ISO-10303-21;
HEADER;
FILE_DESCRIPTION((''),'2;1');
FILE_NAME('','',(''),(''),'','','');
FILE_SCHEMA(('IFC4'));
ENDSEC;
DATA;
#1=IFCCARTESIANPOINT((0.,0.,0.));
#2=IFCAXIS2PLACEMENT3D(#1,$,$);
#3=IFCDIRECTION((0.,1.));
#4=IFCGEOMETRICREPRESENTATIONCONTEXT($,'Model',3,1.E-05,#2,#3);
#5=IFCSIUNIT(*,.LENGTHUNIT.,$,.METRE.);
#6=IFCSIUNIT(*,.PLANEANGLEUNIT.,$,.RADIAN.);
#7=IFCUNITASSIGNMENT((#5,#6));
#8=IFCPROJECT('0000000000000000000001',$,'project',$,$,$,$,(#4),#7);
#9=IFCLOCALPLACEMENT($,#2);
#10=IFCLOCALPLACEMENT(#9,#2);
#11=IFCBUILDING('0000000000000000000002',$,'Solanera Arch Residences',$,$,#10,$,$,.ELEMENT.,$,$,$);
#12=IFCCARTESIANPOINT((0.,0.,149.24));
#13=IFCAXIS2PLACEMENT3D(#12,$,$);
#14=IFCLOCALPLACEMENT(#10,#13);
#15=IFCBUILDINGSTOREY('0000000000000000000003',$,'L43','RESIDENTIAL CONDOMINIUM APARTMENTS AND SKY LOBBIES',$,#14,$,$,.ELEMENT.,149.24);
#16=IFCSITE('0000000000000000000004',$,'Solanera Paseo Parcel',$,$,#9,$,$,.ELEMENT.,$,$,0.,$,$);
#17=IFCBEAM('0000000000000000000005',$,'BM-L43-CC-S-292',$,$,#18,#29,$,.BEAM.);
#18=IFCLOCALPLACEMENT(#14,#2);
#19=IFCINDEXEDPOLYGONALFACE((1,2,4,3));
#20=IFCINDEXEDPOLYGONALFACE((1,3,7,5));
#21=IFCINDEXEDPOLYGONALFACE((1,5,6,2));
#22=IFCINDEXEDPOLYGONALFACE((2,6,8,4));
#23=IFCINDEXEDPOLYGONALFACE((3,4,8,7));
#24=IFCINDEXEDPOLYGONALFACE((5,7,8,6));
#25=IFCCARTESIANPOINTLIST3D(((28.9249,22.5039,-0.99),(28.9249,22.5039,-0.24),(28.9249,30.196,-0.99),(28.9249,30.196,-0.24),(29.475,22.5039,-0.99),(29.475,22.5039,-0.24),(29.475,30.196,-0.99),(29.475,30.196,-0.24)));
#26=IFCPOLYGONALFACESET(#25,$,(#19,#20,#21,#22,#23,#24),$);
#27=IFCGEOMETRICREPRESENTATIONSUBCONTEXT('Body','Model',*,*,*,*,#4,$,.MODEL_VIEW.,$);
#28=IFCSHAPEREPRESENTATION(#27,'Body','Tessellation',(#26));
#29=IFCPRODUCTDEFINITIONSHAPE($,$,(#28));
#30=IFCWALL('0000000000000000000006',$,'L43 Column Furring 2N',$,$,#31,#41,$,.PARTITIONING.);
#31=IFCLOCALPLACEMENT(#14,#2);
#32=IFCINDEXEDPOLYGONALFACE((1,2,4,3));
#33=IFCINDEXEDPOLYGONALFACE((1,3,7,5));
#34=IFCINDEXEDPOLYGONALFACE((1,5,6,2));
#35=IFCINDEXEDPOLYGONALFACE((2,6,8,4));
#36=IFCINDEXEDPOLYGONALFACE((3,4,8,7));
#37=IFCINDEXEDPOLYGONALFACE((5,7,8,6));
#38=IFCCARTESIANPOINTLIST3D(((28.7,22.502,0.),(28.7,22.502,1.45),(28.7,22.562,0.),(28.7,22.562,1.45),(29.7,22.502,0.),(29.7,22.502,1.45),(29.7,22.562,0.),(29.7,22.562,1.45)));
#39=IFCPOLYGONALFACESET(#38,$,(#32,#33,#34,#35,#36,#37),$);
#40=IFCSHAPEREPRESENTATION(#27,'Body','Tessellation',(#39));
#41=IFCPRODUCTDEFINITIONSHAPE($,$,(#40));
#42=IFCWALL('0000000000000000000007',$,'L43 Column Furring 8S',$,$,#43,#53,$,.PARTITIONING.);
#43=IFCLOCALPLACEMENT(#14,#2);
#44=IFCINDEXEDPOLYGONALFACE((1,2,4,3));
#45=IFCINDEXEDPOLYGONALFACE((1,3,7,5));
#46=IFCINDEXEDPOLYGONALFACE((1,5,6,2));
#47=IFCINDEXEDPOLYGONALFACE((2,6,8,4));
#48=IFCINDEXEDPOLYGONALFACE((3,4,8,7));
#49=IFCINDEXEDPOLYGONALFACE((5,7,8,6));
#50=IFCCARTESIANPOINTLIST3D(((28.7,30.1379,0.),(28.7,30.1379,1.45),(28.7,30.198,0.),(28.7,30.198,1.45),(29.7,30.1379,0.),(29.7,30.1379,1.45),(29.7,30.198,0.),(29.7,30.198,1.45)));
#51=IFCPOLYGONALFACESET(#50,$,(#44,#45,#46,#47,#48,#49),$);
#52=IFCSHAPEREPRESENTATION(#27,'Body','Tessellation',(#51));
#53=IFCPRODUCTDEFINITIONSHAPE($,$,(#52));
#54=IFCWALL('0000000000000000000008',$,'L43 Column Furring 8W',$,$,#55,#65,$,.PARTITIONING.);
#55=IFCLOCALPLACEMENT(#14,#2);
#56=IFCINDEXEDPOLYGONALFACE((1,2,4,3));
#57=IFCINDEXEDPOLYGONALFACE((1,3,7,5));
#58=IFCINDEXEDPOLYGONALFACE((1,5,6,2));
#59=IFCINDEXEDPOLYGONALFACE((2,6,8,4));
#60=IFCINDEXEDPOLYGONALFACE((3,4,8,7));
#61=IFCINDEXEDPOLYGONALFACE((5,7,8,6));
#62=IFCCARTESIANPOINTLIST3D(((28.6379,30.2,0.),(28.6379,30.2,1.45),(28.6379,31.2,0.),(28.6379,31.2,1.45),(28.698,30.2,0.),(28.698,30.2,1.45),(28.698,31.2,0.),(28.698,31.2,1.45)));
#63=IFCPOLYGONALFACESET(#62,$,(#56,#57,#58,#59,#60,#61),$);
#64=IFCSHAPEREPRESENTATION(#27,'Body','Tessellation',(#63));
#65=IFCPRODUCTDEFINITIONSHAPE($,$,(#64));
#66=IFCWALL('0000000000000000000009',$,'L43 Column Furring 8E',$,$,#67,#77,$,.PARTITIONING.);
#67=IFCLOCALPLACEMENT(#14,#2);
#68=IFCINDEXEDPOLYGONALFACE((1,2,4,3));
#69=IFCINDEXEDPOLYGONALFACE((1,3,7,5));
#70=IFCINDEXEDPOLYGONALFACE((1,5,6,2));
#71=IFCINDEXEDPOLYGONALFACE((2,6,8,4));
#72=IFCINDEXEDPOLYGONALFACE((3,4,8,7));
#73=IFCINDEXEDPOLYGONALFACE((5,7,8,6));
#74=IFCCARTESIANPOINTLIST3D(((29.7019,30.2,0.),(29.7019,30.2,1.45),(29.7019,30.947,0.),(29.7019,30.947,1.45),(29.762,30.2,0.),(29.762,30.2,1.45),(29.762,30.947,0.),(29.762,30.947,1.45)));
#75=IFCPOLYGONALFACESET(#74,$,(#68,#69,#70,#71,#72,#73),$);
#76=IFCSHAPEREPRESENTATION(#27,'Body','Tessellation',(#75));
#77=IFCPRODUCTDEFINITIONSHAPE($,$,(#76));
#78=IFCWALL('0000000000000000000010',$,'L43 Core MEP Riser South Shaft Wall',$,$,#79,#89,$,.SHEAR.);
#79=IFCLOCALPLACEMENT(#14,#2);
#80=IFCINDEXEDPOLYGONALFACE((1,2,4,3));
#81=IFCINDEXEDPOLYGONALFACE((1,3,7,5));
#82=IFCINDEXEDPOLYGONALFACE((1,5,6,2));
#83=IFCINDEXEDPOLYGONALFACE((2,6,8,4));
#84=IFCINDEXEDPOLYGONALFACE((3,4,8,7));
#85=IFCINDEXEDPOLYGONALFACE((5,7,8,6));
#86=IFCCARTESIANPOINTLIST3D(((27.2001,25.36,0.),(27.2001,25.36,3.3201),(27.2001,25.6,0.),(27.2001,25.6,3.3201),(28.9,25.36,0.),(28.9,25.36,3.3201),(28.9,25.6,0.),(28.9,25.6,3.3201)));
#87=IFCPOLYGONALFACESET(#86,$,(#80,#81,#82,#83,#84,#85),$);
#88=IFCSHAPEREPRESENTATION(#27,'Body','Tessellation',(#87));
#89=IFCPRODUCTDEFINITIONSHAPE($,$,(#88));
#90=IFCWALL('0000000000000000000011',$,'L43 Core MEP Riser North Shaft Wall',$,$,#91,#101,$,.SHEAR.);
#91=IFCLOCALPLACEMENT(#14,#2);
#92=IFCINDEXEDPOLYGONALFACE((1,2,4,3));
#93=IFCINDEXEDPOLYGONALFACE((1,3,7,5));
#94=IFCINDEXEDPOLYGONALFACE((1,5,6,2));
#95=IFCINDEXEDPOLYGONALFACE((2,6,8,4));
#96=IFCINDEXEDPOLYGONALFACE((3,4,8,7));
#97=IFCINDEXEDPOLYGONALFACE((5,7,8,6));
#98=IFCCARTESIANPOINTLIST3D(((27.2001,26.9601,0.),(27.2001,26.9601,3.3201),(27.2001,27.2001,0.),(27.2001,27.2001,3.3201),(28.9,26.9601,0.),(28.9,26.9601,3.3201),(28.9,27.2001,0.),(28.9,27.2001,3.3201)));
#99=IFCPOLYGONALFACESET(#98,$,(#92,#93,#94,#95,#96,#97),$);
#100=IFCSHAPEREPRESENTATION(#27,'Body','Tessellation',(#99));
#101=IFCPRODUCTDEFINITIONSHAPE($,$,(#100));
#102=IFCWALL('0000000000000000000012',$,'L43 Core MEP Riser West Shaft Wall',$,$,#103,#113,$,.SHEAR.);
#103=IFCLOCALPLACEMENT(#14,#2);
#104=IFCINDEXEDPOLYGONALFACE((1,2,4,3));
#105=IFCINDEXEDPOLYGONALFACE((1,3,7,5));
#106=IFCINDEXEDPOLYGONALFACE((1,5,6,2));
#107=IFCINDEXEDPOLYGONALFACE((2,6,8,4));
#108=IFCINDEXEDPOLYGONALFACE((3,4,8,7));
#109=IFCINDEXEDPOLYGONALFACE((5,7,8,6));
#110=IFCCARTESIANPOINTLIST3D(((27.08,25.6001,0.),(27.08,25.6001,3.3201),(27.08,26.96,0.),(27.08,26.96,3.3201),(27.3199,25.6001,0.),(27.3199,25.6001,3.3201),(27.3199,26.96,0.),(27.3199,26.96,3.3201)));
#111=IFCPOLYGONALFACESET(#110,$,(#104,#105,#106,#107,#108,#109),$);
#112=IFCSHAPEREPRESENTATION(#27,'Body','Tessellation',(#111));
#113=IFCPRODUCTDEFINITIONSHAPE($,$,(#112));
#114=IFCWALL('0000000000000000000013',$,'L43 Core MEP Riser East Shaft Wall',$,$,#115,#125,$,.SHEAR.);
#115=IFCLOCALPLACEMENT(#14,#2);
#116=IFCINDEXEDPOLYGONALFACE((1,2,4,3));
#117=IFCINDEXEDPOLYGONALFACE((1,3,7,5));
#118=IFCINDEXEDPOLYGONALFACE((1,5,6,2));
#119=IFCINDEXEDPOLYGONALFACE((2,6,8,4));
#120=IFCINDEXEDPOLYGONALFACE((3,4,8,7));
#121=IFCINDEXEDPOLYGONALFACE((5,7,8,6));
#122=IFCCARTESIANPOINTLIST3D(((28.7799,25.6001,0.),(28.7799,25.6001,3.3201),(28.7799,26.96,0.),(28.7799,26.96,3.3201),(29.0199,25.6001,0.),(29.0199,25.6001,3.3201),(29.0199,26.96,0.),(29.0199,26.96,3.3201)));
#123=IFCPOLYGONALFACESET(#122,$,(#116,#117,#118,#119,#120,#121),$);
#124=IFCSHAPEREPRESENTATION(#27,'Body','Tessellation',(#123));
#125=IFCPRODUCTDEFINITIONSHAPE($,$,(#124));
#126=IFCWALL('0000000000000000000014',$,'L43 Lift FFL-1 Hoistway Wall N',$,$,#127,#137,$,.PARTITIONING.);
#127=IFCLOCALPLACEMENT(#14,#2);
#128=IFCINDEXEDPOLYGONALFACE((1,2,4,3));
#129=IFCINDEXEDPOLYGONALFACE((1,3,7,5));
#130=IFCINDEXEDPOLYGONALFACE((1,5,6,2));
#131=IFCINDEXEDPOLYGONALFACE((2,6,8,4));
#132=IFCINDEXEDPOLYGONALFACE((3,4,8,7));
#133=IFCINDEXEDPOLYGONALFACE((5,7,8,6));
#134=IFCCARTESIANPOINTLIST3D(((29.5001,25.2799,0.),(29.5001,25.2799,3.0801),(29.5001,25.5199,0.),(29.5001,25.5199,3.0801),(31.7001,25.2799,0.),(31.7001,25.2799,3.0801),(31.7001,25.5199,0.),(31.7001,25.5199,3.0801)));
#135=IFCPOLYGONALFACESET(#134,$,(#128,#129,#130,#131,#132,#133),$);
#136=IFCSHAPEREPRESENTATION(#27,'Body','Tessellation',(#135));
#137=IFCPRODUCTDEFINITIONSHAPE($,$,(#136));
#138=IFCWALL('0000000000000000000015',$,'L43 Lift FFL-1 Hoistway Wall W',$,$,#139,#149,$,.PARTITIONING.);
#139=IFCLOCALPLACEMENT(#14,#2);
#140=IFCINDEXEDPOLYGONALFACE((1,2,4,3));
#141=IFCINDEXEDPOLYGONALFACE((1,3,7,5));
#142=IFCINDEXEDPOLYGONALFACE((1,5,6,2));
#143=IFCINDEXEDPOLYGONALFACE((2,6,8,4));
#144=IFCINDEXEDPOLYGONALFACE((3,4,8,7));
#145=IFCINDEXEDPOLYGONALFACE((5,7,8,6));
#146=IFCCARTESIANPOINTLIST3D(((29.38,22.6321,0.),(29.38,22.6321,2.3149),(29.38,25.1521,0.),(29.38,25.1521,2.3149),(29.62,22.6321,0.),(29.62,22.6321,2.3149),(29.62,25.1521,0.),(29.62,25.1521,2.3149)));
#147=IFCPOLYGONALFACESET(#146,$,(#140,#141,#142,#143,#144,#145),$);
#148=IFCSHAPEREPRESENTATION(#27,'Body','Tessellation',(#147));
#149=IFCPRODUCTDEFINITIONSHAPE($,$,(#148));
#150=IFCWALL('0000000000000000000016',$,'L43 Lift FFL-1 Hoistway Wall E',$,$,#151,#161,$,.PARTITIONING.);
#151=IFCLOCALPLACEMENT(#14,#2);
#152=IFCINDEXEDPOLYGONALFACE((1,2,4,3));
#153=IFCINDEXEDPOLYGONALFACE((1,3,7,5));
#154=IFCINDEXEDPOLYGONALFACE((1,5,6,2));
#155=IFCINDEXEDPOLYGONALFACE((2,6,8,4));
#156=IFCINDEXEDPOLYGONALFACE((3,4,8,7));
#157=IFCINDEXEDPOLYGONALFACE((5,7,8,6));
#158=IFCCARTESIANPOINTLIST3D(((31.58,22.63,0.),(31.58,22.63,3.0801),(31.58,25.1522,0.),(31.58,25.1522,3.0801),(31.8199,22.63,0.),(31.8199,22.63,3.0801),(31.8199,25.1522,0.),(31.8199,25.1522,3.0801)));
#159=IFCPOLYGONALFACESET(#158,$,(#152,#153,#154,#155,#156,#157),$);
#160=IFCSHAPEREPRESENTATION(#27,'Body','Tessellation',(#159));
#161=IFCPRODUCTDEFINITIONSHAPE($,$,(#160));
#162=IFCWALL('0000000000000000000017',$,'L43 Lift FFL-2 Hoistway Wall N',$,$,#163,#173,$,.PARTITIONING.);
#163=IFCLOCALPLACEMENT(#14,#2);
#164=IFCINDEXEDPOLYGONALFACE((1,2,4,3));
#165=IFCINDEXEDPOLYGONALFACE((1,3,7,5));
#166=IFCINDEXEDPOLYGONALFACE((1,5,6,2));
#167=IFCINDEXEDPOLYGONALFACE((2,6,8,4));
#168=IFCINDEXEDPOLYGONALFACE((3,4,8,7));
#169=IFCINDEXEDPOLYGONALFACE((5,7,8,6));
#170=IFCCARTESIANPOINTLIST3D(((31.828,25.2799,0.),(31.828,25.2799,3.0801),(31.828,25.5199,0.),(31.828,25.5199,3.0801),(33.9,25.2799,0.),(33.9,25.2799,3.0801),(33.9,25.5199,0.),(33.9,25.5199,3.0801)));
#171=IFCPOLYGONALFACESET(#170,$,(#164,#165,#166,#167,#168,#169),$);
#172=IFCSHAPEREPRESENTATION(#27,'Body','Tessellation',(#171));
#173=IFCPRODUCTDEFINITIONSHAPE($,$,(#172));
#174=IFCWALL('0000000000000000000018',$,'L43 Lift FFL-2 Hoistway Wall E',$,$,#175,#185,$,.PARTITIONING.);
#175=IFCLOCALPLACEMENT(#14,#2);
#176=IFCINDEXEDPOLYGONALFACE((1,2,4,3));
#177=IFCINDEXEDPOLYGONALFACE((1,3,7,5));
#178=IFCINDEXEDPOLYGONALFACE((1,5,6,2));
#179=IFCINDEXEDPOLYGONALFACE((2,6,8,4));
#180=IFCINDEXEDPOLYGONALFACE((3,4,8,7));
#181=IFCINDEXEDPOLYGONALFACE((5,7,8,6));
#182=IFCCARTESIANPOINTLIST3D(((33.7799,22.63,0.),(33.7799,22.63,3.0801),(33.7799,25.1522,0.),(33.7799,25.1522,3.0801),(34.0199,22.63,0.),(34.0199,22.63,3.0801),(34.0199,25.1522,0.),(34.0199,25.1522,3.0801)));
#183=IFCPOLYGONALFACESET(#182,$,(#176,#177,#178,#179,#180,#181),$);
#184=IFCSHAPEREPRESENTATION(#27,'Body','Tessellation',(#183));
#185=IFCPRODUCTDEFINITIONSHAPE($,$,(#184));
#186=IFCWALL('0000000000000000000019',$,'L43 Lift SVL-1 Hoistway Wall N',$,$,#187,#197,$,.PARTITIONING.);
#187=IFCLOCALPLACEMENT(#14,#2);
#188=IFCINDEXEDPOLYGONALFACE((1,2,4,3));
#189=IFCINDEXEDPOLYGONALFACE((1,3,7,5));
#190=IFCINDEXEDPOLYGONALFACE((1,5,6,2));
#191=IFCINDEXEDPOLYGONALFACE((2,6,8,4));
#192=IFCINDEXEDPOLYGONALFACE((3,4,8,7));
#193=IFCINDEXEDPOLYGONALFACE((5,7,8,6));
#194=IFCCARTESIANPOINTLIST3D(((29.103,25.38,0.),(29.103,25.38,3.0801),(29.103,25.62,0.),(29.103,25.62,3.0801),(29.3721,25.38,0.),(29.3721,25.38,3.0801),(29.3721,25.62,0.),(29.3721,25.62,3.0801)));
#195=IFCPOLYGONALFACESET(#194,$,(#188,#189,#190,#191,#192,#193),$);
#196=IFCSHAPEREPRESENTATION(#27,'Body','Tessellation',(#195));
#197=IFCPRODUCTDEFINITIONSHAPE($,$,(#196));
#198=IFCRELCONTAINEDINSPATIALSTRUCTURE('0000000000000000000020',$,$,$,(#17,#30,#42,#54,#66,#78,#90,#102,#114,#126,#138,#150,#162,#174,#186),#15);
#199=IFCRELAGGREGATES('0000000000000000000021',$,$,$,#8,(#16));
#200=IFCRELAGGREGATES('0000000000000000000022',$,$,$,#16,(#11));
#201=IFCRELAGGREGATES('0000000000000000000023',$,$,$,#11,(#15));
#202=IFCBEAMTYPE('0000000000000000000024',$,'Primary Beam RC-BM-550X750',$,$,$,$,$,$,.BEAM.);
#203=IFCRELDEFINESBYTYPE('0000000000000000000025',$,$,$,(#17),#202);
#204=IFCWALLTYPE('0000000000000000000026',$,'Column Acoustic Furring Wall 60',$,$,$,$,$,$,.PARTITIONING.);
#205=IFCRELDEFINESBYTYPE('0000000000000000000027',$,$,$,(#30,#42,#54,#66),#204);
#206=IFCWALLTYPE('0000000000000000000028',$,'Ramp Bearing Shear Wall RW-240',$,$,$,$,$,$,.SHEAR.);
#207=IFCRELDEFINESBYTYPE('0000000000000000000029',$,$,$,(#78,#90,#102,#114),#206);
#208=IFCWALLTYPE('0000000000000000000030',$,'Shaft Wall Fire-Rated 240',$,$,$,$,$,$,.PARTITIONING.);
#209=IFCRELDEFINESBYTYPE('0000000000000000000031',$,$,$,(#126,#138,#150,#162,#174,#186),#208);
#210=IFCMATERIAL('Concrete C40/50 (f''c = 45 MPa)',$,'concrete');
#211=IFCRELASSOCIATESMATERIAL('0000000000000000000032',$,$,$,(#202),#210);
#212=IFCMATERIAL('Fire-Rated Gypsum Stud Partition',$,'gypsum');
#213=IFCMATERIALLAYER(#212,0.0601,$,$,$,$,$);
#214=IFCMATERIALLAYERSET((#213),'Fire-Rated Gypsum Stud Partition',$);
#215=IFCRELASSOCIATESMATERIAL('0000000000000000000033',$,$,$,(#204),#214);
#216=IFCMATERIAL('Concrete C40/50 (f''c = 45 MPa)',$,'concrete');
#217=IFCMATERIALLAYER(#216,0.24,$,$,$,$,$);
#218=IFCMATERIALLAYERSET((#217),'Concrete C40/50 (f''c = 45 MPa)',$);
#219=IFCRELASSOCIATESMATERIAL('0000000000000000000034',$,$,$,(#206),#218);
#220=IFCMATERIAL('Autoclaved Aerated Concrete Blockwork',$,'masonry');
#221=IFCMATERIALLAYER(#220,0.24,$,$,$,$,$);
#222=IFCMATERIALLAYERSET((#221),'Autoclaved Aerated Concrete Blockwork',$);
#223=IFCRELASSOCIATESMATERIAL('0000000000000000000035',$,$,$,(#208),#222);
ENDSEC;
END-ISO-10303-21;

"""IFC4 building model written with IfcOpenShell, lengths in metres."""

from ifc_helpers import new_model, si_unit, direction, frame, frame_2d, origin, origin_2d, place, context, subcontext, project, spatial, rectangle, extrude, material, layer, layer_set, material_profile, profile_set, type_object, element, save


model = new_model("IFC4")

# Units and contexts
model_context = context("Model", 3, precision=1e-05, world=origin(), true_north=direction((0.0, 1.0)))
body_context = subcontext(model_context, "Body", "Model", "MODEL_VIEW")
ifc_project = project(units=[si_unit("LENGTHUNIT", "METRE"), si_unit("PLANEANGLEUNIT", "RADIAN")], contexts=[model_context])

# Site, building, storey
site_placement = place(None, origin())
site = spatial("IfcSite", under=ifc_project, at=site_placement, Name="Solanera Paseo Parcel", CompositionType="ELEMENT", RefElevation=0.0)
building_placement = place(site_placement, origin())
building = spatial("IfcBuilding", under=site, at=building_placement, Name="Solanera Arch Residences", CompositionType="ELEMENT")
storey_placement = place(building_placement, frame((0.0, 0.0, 149.24)))
storey = spatial("IfcBuildingStorey", under=building, at=storey_placement, Name="L43", Description="RESIDENTIAL CONDOMINIUM APARTMENTS AND SKY LOBBIES", CompositionType="ELEMENT", Elevation=149.24)

# Beam
ifc_material_1 = material(Name="Concrete C40/50 (f'c = 45 MPa)", Category="concrete")
ifc_material_profile = material_profile(ifc_material_1, rectangle(XDim=0.55, YDim=0.75, at=origin_2d()))
ifc_profile_set = profile_set([ifc_material_profile], Name="Concrete C40/50 (f'c = 45 MPa)")
beam_type = type_object("IfcBeamType", Name="Primary Beam RC-BM-550X750", PredefinedType="BEAM", material=ifc_profile_set)
beam_placement = place(storey_placement, frame((29.2, 22.5039, -0.615), z_axis=(0.0, 1.0, 0.0), x_axis=(-1.0, 0.0, 0.0)))
element("IfcBeam", 1, at=beam_placement, inside=storey, type_object=beam_type, Name="BM-L43-CC-S-292", PredefinedType="BEAM", context=body_context, shape_type="SweptSolid", body=[
    extrude(rectangle(XDim=0.55, YDim=0.75, at=origin_2d()), origin(), (0.0, 0.0, 1.0), 7.6921),
])

# Walls
ifc_material_2 = material(Name="Fire-Rated Gypsum Stud Partition", Category="gypsum")
ifc_layer_1 = layer(ifc_material_2, 0.0601)
ifc_layer_set_1 = layer_set([ifc_layer_1], Name="Fire-Rated Gypsum Stud Partition")
wall_type_1 = type_object("IfcWallType", Name="Column Acoustic Furring Wall 60", PredefinedType="PARTITIONING", material=ifc_layer_set_1)
for number, where, z_axis, x_axis, name in (
    (2, (28.7, 22.532, 0.0), (0.0, 0.0, 1.0), (1.0, 0.0, 0.0), "L43 Column Furring 2N"),
    (3, (28.7, 30.168, 0.0), (0.0, 0.0, 1.0), (1.0, 0.0, 0.0), "L43 Column Furring 8S"),
    (4, (28.668, 30.2, 0.0), (0.0, 0.0, 1.0), (0.0, 1.0, 0.0), "L43 Column Furring 8W"),
):
    element("IfcWall", number, at=place(storey_placement, frame(where, z_axis=z_axis, x_axis=x_axis)), inside=storey, type_object=wall_type_1, Name=name, PredefinedType="PARTITIONING", context=body_context, shape_type="SweptSolid", body=[
        extrude(rectangle(XDim=1.0, YDim=0.0601, at=frame_2d((0.5, 0.0))), origin(), (0.0, 0.0, 1.0), 1.45),
    ])
wall_1_placement = place(storey_placement, frame((29.7319, 30.2, 0.0), z_axis=(0.0, 0.0, 1.0), x_axis=(0.0, 1.0, 0.0)))
element("IfcWall", 5, at=wall_1_placement, inside=storey, type_object=wall_type_1, Name="L43 Column Furring 8E", PredefinedType="PARTITIONING", context=body_context, shape_type="SweptSolid", body=[
    extrude(rectangle(XDim=0.7471, YDim=0.0601, at=frame_2d((0.3735, 0.0))), origin(), (0.0, 0.0, 1.0), 1.45),
])
ifc_material_3 = material(Name="Concrete C40/50 (f'c = 45 MPa)", Category="concrete")
ifc_layer_2 = layer(ifc_material_3, 0.24)
ifc_layer_set_2 = layer_set([ifc_layer_2], Name="Concrete C40/50 (f'c = 45 MPa)")
wall_type_2 = type_object("IfcWallType", Name="Ramp Bearing Shear Wall RW-240", PredefinedType="SHEAR", material=ifc_layer_set_2)
for number, where, z_axis, x_axis, name in (
    (6, (27.2, 25.48, 0.0), (0.0, 0.0, 1.0), (1.0, 0.0, 0.0), "L43 Core MEP Riser South Shaft Wall"),
    (7, (27.2, 27.0801, 0.0), (0.0, 0.0, 1.0), (1.0, 0.0, 0.0), "L43 Core MEP Riser North Shaft Wall"),
):
    element("IfcWall", number, at=place(storey_placement, frame(where, z_axis=z_axis, x_axis=x_axis)), inside=storey, type_object=wall_type_2, Name=name, PredefinedType="SHEAR", context=body_context, shape_type="SweptSolid", body=[
        extrude(rectangle(XDim=1.7, YDim=0.24, at=frame_2d((0.8501, 0.0))), origin(), (0.0, 0.0, 1.0), 3.3201),
    ])
for number, where, z_axis, x_axis, name in (
    (8, (27.2, 25.6001, 0.0), (0.0, 0.0, 1.0), (0.0, 1.0, 0.0), "L43 Core MEP Riser West Shaft Wall"),
    (9, (28.8999, 25.6001, 0.0), (0.0, 0.0, 1.0), (0.0, 1.0, 0.0), "L43 Core MEP Riser East Shaft Wall"),
):
    element("IfcWall", number, at=place(storey_placement, frame(where, z_axis=z_axis, x_axis=x_axis)), inside=storey, type_object=wall_type_2, Name=name, PredefinedType="SHEAR", context=body_context, shape_type="SweptSolid", body=[
        extrude(rectangle(XDim=1.3599, YDim=0.24, at=frame_2d((0.6799, 0.0))), origin(), (0.0, 0.0, 1.0), 3.3201),
    ])
ifc_material_4 = material(Name="Autoclaved Aerated Concrete Blockwork", Category="masonry")
ifc_layer_3 = layer(ifc_material_4, 0.24)
ifc_layer_set_3 = layer_set([ifc_layer_3], Name="Autoclaved Aerated Concrete Blockwork")
wall_type_3 = type_object("IfcWallType", Name="Shaft Wall Fire-Rated 240", PredefinedType="PARTITIONING", material=ifc_layer_set_3)
wall_2_placement = place(storey_placement, frame((29.5, 25.3999, 0.0), z_axis=(0.0, 0.0, 1.0), x_axis=(1.0, 0.0, 0.0)))
element("IfcWall", 10, at=wall_2_placement, inside=storey, type_object=wall_type_3, Name="L43 Lift FFL-1 Hoistway Wall N", PredefinedType="PARTITIONING", context=body_context, shape_type="SweptSolid", body=[
    extrude(rectangle(XDim=2.2, YDim=0.24, at=frame_2d((1.1001, 0.0))), origin(), (0.0, 0.0, 1.0), 3.0801),
])
wall_3_placement = place(storey_placement, frame((29.5, 22.6321, 0.0), z_axis=(0.0, 0.0, 1.0), x_axis=(0.0, 1.0, 0.0)))
element("IfcWall", 11, at=wall_3_placement, inside=storey, type_object=wall_type_3, Name="L43 Lift FFL-1 Hoistway Wall W", PredefinedType="PARTITIONING", context=body_context, shape_type="SweptSolid", body=[
    extrude(rectangle(XDim=2.52, YDim=0.24, at=frame_2d((1.26, 0.0))), origin(), (0.0, 0.0, 1.0), 2.3149),
])
wall_4_placement = place(storey_placement, frame((31.7, 22.6299, 0.0), z_axis=(0.0, 0.0, 1.0), x_axis=(0.0, 1.0, 0.0)))
element("IfcWall", 12, at=wall_4_placement, inside=storey, type_object=wall_type_3, Name="L43 Lift FFL-1 Hoistway Wall E", PredefinedType="PARTITIONING", context=body_context, shape_type="SweptSolid", body=[
    extrude(rectangle(XDim=2.5222, YDim=0.24, at=frame_2d((1.2612, 0.0))), origin(), (0.0, 0.0, 1.0), 3.0801),
])
wall_5_placement = place(storey_placement, frame((31.8279, 25.3999, 0.0), z_axis=(0.0, 0.0, 1.0), x_axis=(1.0, 0.0, 0.0)))
element("IfcWall", 13, at=wall_5_placement, inside=storey, type_object=wall_type_3, Name="L43 Lift FFL-2 Hoistway Wall N", PredefinedType="PARTITIONING", context=body_context, shape_type="SweptSolid", body=[
    extrude(rectangle(XDim=2.072, YDim=0.24, at=frame_2d((1.0361, 0.0))), origin(), (0.0, 0.0, 1.0), 3.0801),
])
wall_6_placement = place(storey_placement, frame((33.8999, 22.6299, 0.0), z_axis=(0.0, 0.0, 1.0), x_axis=(0.0, 1.0, 0.0)))
element("IfcWall", 14, at=wall_6_placement, inside=storey, type_object=wall_type_3, Name="L43 Lift FFL-2 Hoistway Wall E", PredefinedType="PARTITIONING", context=body_context, shape_type="SweptSolid", body=[
    extrude(rectangle(XDim=2.5222, YDim=0.24, at=frame_2d((1.2612, 0.0))), origin(), (0.0, 0.0, 1.0), 3.0801),
])
wall_7_placement = place(storey_placement, frame((29.103, 25.5, 0.0), z_axis=(0.0, 0.0, 1.0), x_axis=(1.0, 0.0, 0.0)))
element("IfcWall", 15, at=wall_7_placement, inside=storey, type_object=wall_type_3, Name="L43 Lift SVL-1 Hoistway Wall N", PredefinedType="PARTITIONING", context=body_context, shape_type="SweptSolid", body=[
    extrude(rectangle(XDim=0.269, YDim=0.24, at=frame_2d((0.1345, 0.0))), origin(), (0.0, 0.0, 1.0), 3.0801),
])

save(model, "model.ifc")
